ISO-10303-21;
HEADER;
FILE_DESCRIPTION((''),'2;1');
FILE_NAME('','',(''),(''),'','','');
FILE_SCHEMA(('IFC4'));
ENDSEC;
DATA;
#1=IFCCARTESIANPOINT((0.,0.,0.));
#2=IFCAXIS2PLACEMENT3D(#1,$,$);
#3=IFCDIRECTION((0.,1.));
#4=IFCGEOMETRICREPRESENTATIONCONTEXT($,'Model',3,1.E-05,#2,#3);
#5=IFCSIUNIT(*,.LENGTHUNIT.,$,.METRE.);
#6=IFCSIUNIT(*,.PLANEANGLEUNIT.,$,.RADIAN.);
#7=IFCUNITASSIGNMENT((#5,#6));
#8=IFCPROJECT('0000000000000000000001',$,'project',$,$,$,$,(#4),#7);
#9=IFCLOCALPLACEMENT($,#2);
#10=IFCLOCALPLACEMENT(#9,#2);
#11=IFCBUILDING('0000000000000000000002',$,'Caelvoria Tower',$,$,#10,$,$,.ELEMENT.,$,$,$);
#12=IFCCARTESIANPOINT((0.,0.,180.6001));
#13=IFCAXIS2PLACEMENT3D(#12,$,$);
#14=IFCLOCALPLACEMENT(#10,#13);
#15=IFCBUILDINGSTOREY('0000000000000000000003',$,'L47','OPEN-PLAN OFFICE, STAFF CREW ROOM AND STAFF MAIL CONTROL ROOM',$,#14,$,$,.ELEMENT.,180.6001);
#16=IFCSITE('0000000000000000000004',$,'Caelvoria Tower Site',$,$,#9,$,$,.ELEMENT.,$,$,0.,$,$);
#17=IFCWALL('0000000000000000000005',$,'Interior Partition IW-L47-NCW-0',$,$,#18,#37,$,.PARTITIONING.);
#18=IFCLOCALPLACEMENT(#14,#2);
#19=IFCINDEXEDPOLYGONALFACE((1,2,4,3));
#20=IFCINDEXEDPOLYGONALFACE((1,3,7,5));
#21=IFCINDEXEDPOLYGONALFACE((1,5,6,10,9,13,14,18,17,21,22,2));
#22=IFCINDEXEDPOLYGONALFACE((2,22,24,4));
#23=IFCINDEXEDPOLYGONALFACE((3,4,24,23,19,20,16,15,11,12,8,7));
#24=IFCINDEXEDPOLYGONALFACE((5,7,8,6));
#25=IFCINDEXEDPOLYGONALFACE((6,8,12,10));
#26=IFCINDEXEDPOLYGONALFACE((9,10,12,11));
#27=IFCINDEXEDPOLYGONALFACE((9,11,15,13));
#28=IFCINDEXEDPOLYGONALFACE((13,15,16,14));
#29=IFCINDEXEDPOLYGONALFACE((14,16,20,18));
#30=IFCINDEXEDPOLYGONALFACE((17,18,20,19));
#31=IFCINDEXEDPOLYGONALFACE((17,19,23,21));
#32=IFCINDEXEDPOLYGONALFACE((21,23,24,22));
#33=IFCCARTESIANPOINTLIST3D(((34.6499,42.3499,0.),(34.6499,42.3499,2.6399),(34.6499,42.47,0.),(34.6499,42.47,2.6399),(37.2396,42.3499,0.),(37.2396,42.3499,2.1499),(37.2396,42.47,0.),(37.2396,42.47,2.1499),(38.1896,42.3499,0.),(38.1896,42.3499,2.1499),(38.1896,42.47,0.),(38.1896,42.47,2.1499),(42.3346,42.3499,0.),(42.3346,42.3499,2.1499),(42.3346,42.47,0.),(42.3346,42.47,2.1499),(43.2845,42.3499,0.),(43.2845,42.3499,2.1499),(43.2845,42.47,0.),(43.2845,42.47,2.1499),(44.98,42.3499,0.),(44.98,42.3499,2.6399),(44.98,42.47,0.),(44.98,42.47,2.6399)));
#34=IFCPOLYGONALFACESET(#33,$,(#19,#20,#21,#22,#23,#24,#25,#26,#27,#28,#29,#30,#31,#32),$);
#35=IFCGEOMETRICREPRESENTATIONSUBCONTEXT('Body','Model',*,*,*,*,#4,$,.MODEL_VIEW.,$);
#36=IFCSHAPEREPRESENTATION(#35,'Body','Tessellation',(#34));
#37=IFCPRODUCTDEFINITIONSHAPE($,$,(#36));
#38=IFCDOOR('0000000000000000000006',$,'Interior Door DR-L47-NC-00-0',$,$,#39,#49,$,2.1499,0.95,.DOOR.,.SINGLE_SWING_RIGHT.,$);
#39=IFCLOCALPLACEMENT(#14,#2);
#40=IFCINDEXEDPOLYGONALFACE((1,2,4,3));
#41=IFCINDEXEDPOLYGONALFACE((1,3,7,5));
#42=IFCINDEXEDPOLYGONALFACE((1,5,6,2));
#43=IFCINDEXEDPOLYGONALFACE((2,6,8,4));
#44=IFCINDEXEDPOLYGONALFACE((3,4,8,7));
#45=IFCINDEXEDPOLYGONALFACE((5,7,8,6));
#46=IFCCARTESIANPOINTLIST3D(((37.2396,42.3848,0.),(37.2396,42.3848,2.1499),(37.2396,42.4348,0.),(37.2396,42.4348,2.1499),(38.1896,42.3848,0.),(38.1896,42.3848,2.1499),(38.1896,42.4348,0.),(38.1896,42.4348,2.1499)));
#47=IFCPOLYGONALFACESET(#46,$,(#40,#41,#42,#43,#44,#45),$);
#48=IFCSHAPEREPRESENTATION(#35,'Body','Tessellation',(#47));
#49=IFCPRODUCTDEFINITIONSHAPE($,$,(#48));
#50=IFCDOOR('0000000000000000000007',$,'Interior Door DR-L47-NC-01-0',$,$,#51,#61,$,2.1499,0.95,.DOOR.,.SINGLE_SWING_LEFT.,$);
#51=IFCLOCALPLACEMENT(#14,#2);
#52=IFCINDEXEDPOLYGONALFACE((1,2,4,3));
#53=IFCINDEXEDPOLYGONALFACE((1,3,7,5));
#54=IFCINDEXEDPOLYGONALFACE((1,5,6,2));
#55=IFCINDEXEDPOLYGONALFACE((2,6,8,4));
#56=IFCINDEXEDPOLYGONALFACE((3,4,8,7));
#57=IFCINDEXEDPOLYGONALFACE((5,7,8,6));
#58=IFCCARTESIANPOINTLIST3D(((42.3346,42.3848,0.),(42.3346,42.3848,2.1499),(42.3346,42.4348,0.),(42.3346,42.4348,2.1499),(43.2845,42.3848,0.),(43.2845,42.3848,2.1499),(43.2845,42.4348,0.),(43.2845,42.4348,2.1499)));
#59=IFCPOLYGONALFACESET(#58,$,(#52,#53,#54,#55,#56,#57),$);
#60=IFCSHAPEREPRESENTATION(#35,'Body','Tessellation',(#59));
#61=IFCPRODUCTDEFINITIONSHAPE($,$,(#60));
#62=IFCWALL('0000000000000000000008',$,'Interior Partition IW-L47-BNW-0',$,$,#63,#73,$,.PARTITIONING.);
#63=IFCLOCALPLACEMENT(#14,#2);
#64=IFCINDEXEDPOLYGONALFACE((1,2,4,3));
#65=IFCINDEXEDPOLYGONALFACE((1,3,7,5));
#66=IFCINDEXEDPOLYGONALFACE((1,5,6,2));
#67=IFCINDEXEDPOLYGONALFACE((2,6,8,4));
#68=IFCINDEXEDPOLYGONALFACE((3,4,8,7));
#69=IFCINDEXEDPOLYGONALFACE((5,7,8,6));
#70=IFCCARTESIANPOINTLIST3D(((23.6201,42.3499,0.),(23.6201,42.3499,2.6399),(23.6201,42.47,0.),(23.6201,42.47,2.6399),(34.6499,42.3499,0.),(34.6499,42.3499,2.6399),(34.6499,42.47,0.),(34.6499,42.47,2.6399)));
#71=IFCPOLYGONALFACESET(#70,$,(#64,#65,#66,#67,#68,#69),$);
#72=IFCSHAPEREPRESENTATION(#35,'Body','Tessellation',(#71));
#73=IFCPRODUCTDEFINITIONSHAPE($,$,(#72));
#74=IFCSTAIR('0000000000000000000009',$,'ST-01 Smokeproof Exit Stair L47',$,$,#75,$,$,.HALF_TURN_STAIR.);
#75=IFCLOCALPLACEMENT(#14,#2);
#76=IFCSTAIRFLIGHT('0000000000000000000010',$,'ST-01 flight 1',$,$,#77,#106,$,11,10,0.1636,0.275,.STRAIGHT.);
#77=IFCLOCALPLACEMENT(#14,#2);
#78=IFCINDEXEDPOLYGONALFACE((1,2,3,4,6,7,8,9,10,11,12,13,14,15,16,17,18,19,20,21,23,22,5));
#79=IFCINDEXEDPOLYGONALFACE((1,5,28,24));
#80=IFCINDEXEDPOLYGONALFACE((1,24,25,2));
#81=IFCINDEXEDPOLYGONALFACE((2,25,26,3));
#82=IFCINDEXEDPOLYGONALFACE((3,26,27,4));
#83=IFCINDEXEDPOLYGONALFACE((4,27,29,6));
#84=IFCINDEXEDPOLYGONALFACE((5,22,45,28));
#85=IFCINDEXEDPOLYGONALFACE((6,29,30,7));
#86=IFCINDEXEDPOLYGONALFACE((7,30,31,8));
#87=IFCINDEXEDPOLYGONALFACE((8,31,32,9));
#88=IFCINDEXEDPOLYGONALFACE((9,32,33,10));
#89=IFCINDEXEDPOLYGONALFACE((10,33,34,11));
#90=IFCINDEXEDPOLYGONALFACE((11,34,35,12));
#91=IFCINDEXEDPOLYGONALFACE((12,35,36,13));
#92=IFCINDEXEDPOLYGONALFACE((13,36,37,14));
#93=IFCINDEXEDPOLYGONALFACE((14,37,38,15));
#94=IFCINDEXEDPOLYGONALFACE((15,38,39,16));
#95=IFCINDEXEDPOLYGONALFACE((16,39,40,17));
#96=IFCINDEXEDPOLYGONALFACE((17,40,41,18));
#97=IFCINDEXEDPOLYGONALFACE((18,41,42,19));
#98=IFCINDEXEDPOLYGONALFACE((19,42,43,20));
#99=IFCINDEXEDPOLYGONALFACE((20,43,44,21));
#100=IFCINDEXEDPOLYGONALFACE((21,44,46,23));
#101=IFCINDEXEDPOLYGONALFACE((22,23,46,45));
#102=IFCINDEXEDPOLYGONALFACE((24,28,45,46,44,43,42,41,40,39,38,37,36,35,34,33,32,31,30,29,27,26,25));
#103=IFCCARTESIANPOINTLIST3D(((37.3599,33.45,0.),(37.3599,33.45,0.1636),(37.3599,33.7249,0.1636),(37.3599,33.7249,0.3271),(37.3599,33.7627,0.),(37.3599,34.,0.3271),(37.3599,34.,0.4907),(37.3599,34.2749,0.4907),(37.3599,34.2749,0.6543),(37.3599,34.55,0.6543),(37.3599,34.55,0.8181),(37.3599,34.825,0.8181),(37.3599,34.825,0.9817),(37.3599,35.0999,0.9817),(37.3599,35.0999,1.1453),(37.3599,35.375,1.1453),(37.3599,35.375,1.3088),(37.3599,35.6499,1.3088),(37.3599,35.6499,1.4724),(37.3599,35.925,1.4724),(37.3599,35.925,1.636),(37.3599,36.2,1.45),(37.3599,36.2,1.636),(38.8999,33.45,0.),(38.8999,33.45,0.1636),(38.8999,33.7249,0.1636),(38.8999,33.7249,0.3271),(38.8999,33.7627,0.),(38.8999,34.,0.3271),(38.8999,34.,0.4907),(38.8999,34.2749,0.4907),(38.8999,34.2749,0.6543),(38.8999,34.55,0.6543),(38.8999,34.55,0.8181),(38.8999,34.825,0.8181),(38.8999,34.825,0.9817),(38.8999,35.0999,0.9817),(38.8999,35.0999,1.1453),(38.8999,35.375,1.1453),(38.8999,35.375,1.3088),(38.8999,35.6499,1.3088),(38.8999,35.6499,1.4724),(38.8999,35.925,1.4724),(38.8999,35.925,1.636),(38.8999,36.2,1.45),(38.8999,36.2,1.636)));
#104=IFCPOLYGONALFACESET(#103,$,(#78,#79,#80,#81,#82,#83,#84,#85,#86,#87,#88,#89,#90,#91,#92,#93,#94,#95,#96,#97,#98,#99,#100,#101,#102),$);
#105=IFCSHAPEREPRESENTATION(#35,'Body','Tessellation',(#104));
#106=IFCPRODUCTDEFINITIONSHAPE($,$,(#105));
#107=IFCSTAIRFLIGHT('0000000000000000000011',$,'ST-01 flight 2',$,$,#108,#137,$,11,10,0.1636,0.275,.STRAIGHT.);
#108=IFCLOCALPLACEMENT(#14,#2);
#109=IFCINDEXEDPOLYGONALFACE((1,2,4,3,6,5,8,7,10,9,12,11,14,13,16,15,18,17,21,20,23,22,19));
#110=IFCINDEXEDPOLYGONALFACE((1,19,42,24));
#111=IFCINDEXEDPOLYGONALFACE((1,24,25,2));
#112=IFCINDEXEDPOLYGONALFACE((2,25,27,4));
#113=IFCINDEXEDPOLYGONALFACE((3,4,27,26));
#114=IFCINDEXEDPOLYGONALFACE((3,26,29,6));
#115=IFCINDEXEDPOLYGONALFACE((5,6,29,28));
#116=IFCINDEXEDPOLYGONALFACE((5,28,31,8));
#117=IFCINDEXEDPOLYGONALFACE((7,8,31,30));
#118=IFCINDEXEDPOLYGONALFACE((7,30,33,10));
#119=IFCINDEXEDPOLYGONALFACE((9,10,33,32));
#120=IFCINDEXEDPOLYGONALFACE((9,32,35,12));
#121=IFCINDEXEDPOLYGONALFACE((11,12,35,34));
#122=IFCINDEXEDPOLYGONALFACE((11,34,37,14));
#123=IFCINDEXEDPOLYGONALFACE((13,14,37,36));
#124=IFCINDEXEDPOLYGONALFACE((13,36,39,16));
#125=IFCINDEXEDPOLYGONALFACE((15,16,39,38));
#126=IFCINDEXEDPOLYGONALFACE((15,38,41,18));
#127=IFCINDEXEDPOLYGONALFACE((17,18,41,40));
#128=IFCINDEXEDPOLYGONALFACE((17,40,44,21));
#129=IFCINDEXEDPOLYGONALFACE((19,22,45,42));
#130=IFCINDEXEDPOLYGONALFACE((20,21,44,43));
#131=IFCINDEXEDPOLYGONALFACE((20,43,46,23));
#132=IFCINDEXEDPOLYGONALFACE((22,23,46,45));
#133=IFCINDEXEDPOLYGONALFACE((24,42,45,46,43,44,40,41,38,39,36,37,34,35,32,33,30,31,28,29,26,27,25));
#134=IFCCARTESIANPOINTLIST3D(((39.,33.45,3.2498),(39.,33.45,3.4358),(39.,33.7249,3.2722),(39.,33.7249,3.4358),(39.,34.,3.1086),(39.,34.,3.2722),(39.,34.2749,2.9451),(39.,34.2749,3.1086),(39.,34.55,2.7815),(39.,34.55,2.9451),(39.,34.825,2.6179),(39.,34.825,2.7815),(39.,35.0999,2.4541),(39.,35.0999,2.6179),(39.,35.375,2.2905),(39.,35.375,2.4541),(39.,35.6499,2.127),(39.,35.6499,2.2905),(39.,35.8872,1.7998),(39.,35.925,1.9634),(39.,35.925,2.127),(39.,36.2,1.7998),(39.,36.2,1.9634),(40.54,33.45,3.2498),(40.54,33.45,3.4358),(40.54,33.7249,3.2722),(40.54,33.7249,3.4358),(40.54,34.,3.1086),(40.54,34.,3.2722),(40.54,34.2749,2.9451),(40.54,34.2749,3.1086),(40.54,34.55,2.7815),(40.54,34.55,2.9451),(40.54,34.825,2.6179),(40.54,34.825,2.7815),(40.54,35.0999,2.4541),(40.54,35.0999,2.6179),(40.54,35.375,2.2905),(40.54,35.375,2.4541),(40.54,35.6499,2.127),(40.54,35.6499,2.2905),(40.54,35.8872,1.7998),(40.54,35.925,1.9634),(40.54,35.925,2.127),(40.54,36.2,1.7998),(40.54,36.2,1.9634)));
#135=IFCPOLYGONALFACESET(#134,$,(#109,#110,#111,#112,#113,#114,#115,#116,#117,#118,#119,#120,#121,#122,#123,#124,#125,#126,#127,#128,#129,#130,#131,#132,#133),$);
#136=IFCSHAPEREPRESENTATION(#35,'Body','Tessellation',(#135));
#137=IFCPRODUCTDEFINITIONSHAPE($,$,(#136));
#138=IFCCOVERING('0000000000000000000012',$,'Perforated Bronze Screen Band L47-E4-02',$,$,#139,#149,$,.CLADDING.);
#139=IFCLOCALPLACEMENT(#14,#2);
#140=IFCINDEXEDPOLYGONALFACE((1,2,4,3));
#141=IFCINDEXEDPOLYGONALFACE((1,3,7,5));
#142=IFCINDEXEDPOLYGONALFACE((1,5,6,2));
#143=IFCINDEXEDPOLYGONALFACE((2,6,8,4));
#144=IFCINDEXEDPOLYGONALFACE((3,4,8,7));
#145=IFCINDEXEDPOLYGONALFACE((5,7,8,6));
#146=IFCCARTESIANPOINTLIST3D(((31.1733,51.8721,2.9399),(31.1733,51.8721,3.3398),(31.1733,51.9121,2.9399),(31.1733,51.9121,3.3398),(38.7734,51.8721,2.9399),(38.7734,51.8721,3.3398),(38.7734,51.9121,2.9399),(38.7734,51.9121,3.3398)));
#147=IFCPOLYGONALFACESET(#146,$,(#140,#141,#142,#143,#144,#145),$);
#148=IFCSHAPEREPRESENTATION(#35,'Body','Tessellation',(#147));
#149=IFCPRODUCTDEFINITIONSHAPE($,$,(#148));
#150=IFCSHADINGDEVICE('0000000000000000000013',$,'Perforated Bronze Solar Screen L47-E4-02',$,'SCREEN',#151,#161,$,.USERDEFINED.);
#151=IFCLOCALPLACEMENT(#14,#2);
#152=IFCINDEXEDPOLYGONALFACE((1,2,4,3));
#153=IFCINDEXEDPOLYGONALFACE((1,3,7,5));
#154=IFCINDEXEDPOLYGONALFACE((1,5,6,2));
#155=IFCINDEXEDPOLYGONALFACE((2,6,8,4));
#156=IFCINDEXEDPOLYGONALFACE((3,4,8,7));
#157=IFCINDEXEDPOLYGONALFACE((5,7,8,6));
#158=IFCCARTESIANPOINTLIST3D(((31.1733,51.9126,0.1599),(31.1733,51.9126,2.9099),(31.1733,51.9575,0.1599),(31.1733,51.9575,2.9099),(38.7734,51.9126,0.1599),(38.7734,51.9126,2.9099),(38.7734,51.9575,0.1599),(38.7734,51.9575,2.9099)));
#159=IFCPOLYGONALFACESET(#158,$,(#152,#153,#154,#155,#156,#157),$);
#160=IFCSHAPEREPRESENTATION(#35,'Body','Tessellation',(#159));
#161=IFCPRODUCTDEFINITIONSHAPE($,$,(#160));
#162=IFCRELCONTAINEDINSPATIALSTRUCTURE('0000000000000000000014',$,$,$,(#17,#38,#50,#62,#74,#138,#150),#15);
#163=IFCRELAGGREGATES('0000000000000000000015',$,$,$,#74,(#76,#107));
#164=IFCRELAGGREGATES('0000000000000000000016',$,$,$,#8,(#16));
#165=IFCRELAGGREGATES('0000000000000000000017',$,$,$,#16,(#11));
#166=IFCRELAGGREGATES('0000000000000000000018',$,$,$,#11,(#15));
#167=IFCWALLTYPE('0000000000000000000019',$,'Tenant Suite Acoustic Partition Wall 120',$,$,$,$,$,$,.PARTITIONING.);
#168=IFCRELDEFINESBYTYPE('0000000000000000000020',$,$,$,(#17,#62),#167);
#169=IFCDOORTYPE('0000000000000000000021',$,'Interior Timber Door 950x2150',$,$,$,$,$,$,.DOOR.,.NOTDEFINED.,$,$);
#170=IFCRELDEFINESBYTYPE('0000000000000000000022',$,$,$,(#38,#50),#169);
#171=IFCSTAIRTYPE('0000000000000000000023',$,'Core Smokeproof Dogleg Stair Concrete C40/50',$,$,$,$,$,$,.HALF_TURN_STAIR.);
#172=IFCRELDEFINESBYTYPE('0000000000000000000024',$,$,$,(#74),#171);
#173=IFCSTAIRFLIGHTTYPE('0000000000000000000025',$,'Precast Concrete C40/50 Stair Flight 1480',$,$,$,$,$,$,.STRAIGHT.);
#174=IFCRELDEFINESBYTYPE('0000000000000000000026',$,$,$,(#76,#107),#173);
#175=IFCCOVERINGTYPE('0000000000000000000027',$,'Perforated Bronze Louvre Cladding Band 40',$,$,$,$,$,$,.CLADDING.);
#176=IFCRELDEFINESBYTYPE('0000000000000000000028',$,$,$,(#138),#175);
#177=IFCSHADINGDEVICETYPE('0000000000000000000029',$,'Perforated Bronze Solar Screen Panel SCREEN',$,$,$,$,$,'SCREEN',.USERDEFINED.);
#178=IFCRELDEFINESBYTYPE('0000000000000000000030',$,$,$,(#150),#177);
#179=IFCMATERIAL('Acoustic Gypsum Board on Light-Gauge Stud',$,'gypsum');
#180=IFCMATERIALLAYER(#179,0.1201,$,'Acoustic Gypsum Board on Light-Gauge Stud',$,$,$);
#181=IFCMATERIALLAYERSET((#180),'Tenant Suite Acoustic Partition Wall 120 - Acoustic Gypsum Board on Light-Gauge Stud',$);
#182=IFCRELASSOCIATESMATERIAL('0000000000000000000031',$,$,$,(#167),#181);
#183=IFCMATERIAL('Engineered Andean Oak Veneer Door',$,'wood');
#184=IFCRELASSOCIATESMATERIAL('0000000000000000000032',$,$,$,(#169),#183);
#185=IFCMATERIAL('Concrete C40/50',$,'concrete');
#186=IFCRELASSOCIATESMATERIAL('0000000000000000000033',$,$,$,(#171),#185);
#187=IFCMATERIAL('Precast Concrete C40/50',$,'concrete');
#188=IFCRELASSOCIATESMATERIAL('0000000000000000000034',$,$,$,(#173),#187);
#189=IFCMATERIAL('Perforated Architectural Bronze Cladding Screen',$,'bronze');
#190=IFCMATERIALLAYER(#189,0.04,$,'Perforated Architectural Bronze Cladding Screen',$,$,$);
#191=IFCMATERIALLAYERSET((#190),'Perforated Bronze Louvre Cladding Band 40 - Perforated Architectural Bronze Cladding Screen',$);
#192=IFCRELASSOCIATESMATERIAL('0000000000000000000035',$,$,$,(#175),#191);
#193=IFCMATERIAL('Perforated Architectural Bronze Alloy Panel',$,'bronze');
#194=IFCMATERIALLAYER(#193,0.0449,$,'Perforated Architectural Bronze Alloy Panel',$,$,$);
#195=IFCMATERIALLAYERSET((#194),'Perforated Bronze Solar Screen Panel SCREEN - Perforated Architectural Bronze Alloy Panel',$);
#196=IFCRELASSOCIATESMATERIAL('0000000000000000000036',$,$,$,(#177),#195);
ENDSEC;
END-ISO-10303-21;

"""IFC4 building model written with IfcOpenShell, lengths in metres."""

from ifc_helpers import new_model, si_unit, direction, frame, frame_2d, origin, origin_2d, place, context, subcontext, project, spatial, polyline, rectangle, outline, extrude, material, layer, layer_set, type_object, element, fill, aggregate, save


model = new_model("IFC4")

# Units and contexts
model_context = context("Model", 3, precision=1e-05, world=origin(), true_north=direction((0.0, 1.0)))
body_context = subcontext(model_context, "Body", "Model", "MODEL_VIEW")
ifc_project = project(units=[si_unit("LENGTHUNIT", "METRE"), si_unit("PLANEANGLEUNIT", "RADIAN")], contexts=[model_context])

# Site, building, storey
site_placement = place(None, origin())
site = spatial("IfcSite", under=ifc_project, at=site_placement, Name="Caelvoria Tower Site", CompositionType="ELEMENT", RefElevation=0.0)
building_placement = place(site_placement, origin())
building = spatial("IfcBuilding", under=site, at=building_placement, Name="Caelvoria Tower", CompositionType="ELEMENT")
storey_placement = place(building_placement, frame((0.0, 0.0, 180.6001)))
storey = spatial("IfcBuildingStorey", under=building, at=storey_placement, Name="L47", Description="OPEN-PLAN OFFICE, STAFF CREW ROOM AND STAFF MAIL CONTROL ROOM", CompositionType="ELEMENT", Elevation=180.6001)

# Shared definitions
ifc_material_1 = material(Name="Acoustic Gypsum Board on Light-Gauge Stud", Category="gypsum")
ifc_layer_1 = layer(ifc_material_1, 0.1201, Name="Acoustic Gypsum Board on Light-Gauge Stud")
ifc_layer_set_1 = layer_set([ifc_layer_1], Name="Tenant Suite Acoustic Partition Wall 120 - Acoustic Gypsum Board on Light-Gauge Stud")
wall_type_1 = type_object("IfcWallType", Name="Tenant Suite Acoustic Partition Wall 120", PredefinedType="PARTITIONING", material=ifc_layer_set_1)
ifc_material_2 = material(Name="Engineered Andean Oak Veneer Door", Category="wood")

# Wall, openings, doors
wall_1_placement = place(storey_placement, frame((34.6499, 42.4099, 0.0), z_axis=(0.0, 0.0, 1.0), x_axis=(1.0, 0.0, 0.0)))
wall_1 = element("IfcWall", 1, at=wall_1_placement, inside=storey, type_object=wall_type_1, Name="Interior Partition IW-L47-NCW-0", PredefinedType="PARTITIONING", context=body_context, shape_type="SweptSolid", body=[
    extrude(rectangle(XDim=10.3301, YDim=0.1201, at=frame_2d((5.165, 0.0))), origin(), (0.0, 0.0, 1.0), 2.6399),
])
opening_1_placement = place(wall_1_placement, frame((2.5896, 0.0, 0.0)))
opening_1 = element("IfcOpeningElement", 2, at=opening_1_placement, cuts=wall_1, PredefinedType="OPENING", context=body_context, shape_type="SweptSolid", body=[
    extrude(rectangle(XDim=0.95, YDim=2.1499, at=frame_2d((0.4751, 1.075))), frame((0.0, 0.0701, 0.0), z_axis=(0.0, -1.0, 0.0), x_axis=(1.0, 0.0, 0.0)), (0.0, 0.0, 1.0), 0.1401),
])
opening_2_placement = place(wall_1_placement, frame((7.6846, 0.0, 0.0)))
opening_2 = element("IfcOpeningElement", 3, at=opening_2_placement, cuts=wall_1, PredefinedType="OPENING", context=body_context, shape_type="SweptSolid", body=[
    extrude(rectangle(XDim=0.95, YDim=2.1499, at=frame_2d((0.4751, 1.075))), frame((0.0, 0.0701, 0.0), z_axis=(0.0, -1.0, 0.0), x_axis=(1.0, 0.0, 0.0)), (0.0, 0.0, 1.0), 0.1401),
])
door_type_1 = type_object("IfcDoorType", Name="Interior Timber Door 950x2150", OperationType="NOTDEFINED", PredefinedType="DOOR", material=ifc_material_2)
door_1_placement = place(opening_1_placement, origin())
door_1 = element("IfcDoor", 4, at=door_1_placement, inside=storey, type_object=door_type_1, Name="Interior Door DR-L47-NC-00-0", OperationType="SINGLE_SWING_RIGHT", OverallHeight=2.1499, OverallWidth=0.95, PredefinedType="DOOR", context=body_context, shape_type="SweptSolid", body=[
    extrude(rectangle(XDim=0.95, YDim=2.1499, at=frame_2d((0.4751, 1.075))), frame((0.0, 0.0249, 0.0), z_axis=(0.0, -1.0, 0.0), x_axis=(1.0, 0.0, 0.0)), (0.0, 0.0, 1.0), 0.05),
])
fill(opening_1, door_1)
door_2_placement = place(opening_2_placement, origin())
door_2 = element("IfcDoor", 5, at=door_2_placement, inside=storey, type_object=door_type_1, Name="Interior Door DR-L47-NC-01-0", OperationType="SINGLE_SWING_LEFT", OverallHeight=2.1499, OverallWidth=0.95, PredefinedType="DOOR", context=body_context, shape_type="SweptSolid", body=[
    extrude(rectangle(XDim=0.95, YDim=2.1499, at=frame_2d((0.4751, 1.075))), frame((0.0, 0.0249, 0.0), z_axis=(0.0, -1.0, 0.0), x_axis=(1.0, 0.0, 0.0)), (0.0, 0.0, 1.0), 0.05),
])
fill(opening_2, door_2)

# Wall
wall_2_placement = place(storey_placement, frame((34.6499, 42.4099, 0.0), z_axis=(0.0, 0.0, 1.0), x_axis=(-1.0, 0.0, 0.0)))
element("IfcWall", 6, at=wall_2_placement, inside=storey, type_object=wall_type_1, Name="Interior Partition IW-L47-BNW-0", PredefinedType="PARTITIONING", context=body_context, shape_type="SweptSolid", body=[
    extrude(rectangle(XDim=11.0298, YDim=0.1201, at=frame_2d((5.5149, 0.0))), origin(), (0.0, 0.0, 1.0), 2.6399),
])

# Stair, stair flights
ifc_material_3 = material(Name="Concrete C40/50", Category="concrete")
stair_type = type_object("IfcStairType", Name="Core Smokeproof Dogleg Stair Concrete C40/50", PredefinedType="HALF_TURN_STAIR", material=ifc_material_3)
stair_placement = place(storey_placement, origin())
stair = element("IfcStair", 7, at=stair_placement, inside=storey, type_object=stair_type, Name="ST-01 Smokeproof Exit Stair L47", PredefinedType="HALF_TURN_STAIR")
ifc_material_4 = material(Name="Precast Concrete C40/50", Category="concrete")
stair_flight_type = type_object("IfcStairFlightType", Name="Precast Concrete C40/50 Stair Flight 1480", PredefinedType="STRAIGHT", material=ifc_material_4)
stair_flight_1_placement = place(storey_placement, frame((38.1299, 33.45, 0.0), z_axis=(0.0, 0.0, 1.0), x_axis=(0.0, 1.0, 0.0)))
stair_flight_1 = element("IfcStairFlight", 8, at=stair_flight_1_placement, type_object=stair_flight_type, Name="ST-01 flight 1", NumberOfRisers=11, NumberOfTreads=10, PredefinedType="STRAIGHT", RiserHeight=0.1636, TreadLength=0.275, context=body_context, shape_type="SweptSolid", body=[
    extrude(outline(polyline([(0.0, 0.0), (0.0, 0.1636), (0.2749, 0.1636), (0.2749, 0.3271), (0.55, 0.3271), (0.55, 0.4907), (0.825, 0.4907), (0.825, 0.6543), (1.1001, 0.6543), (1.1001, 0.8181), (1.375, 0.8181), (1.375, 0.9817), (1.6499, 0.9817), (1.6499, 1.1453), (1.925, 1.1453), (1.925, 1.3088), (2.2, 1.3088), (2.2, 1.4724), (2.4751, 1.4724), (2.4751, 1.636), (2.75, 1.636), (2.75, 1.7996), (2.75, 1.45), (0.3127, 0.0), (0.0, 0.0)])), frame((0.0, 0.77, 0.0), z_axis=(0.0, -1.0, 0.0), x_axis=(1.0, 0.0, 0.0)), (0.0, 0.0, 1.0), 1.54),
])
stair_flight_2_placement = place(storey_placement, frame((39.77, 36.2, 1.7998), z_axis=(0.0, 0.0, 1.0), x_axis=(0.0, -1.0, 0.0)))
stair_flight_2 = element("IfcStairFlight", 9, at=stair_flight_2_placement, type_object=stair_flight_type, Name="ST-01 flight 2", NumberOfRisers=11, NumberOfTreads=10, PredefinedType="STRAIGHT", RiserHeight=0.1636, TreadLength=0.275, context=body_context, shape_type="SweptSolid", body=[
    extrude(outline(polyline([(0.0, 0.0), (0.0, 0.1636), (0.2749, 0.1636), (0.2749, 0.3271), (0.55, 0.3271), (0.55, 0.4907), (0.825, 0.4907), (0.825, 0.6543), (1.1001, 0.6543), (1.1001, 0.8181), (1.375, 0.8181), (1.375, 0.9817), (1.6499, 0.9817), (1.6499, 1.1453), (1.925, 1.1453), (1.925, 1.3088), (2.2, 1.3088), (2.2, 1.4724), (2.4751, 1.4724), (2.4751, 1.636), (2.75, 1.636), (2.75, 1.7996), (2.75, 1.45), (0.3127, 0.0), (0.0, 0.0)])), frame((0.0, 0.77, 0.0), z_axis=(0.0, -1.0, 0.0), x_axis=(1.0, 0.0, 0.0)), (0.0, 0.0, 1.0), 1.54),
])
aggregate(stair, [stair_flight_1, stair_flight_2])

# Covering
ifc_material_5 = material(Name="Perforated Architectural Bronze Cladding Screen", Category="bronze")
ifc_layer_2 = layer(ifc_material_5, 0.04, Name="Perforated Architectural Bronze Cladding Screen")
ifc_layer_set_2 = layer_set([ifc_layer_2], Name="Perforated Bronze Louvre Cladding Band 40 - Perforated Architectural Bronze Cladding Screen")
covering_type = type_object("IfcCoveringType", Name="Perforated Bronze Louvre Cladding Band 40", PredefinedType="CLADDING", material=ifc_layer_set_2)
covering_placement = place(storey_placement, frame((34.9734, 51.8921, 2.9399), z_axis=(0.0, 0.0, 1.0), x_axis=(-1.0, 0.0, 0.0)))
element("IfcCovering", 10, at=covering_placement, inside=storey, type_object=covering_type, Name="Perforated Bronze Screen Band L47-E4-02", PredefinedType="CLADDING", context=body_context, shape_type="SweptSolid", body=[
    extrude(rectangle(XDim=7.6001, YDim=0.04, at=origin_2d()), origin(), (0.0, 0.0, 1.0), 0.3999),
])

# Shading device
ifc_material_6 = material(Name="Perforated Architectural Bronze Alloy Panel", Category="bronze")
ifc_layer_3 = layer(ifc_material_6, 0.0449, Name="Perforated Architectural Bronze Alloy Panel")
ifc_layer_set_3 = layer_set([ifc_layer_3], Name="Perforated Bronze Solar Screen Panel SCREEN - Perforated Architectural Bronze Alloy Panel")
shading_device_type = type_object("IfcShadingDeviceType", Name="Perforated Bronze Solar Screen Panel SCREEN", ElementType="SCREEN", PredefinedType="USERDEFINED", material=ifc_layer_set_3)
shading_device_placement = place(storey_placement, frame((34.9734, 51.9351, 0.1599), z_axis=(0.0, 0.0, 1.0), x_axis=(-1.0, 0.0, 0.0)))
element("IfcShadingDevice", 11, at=shading_device_placement, inside=storey, type_object=shading_device_type, Name="Perforated Bronze Solar Screen L47-E4-02", ObjectType="SCREEN", PredefinedType="USERDEFINED", context=body_context, shape_type="SweptSolid", body=[
    extrude(rectangle(XDim=7.6001, YDim=0.0449, at=origin_2d()), origin(), (0.0, 0.0, 1.0), 2.75),
])

save(model, "model.ifc")
